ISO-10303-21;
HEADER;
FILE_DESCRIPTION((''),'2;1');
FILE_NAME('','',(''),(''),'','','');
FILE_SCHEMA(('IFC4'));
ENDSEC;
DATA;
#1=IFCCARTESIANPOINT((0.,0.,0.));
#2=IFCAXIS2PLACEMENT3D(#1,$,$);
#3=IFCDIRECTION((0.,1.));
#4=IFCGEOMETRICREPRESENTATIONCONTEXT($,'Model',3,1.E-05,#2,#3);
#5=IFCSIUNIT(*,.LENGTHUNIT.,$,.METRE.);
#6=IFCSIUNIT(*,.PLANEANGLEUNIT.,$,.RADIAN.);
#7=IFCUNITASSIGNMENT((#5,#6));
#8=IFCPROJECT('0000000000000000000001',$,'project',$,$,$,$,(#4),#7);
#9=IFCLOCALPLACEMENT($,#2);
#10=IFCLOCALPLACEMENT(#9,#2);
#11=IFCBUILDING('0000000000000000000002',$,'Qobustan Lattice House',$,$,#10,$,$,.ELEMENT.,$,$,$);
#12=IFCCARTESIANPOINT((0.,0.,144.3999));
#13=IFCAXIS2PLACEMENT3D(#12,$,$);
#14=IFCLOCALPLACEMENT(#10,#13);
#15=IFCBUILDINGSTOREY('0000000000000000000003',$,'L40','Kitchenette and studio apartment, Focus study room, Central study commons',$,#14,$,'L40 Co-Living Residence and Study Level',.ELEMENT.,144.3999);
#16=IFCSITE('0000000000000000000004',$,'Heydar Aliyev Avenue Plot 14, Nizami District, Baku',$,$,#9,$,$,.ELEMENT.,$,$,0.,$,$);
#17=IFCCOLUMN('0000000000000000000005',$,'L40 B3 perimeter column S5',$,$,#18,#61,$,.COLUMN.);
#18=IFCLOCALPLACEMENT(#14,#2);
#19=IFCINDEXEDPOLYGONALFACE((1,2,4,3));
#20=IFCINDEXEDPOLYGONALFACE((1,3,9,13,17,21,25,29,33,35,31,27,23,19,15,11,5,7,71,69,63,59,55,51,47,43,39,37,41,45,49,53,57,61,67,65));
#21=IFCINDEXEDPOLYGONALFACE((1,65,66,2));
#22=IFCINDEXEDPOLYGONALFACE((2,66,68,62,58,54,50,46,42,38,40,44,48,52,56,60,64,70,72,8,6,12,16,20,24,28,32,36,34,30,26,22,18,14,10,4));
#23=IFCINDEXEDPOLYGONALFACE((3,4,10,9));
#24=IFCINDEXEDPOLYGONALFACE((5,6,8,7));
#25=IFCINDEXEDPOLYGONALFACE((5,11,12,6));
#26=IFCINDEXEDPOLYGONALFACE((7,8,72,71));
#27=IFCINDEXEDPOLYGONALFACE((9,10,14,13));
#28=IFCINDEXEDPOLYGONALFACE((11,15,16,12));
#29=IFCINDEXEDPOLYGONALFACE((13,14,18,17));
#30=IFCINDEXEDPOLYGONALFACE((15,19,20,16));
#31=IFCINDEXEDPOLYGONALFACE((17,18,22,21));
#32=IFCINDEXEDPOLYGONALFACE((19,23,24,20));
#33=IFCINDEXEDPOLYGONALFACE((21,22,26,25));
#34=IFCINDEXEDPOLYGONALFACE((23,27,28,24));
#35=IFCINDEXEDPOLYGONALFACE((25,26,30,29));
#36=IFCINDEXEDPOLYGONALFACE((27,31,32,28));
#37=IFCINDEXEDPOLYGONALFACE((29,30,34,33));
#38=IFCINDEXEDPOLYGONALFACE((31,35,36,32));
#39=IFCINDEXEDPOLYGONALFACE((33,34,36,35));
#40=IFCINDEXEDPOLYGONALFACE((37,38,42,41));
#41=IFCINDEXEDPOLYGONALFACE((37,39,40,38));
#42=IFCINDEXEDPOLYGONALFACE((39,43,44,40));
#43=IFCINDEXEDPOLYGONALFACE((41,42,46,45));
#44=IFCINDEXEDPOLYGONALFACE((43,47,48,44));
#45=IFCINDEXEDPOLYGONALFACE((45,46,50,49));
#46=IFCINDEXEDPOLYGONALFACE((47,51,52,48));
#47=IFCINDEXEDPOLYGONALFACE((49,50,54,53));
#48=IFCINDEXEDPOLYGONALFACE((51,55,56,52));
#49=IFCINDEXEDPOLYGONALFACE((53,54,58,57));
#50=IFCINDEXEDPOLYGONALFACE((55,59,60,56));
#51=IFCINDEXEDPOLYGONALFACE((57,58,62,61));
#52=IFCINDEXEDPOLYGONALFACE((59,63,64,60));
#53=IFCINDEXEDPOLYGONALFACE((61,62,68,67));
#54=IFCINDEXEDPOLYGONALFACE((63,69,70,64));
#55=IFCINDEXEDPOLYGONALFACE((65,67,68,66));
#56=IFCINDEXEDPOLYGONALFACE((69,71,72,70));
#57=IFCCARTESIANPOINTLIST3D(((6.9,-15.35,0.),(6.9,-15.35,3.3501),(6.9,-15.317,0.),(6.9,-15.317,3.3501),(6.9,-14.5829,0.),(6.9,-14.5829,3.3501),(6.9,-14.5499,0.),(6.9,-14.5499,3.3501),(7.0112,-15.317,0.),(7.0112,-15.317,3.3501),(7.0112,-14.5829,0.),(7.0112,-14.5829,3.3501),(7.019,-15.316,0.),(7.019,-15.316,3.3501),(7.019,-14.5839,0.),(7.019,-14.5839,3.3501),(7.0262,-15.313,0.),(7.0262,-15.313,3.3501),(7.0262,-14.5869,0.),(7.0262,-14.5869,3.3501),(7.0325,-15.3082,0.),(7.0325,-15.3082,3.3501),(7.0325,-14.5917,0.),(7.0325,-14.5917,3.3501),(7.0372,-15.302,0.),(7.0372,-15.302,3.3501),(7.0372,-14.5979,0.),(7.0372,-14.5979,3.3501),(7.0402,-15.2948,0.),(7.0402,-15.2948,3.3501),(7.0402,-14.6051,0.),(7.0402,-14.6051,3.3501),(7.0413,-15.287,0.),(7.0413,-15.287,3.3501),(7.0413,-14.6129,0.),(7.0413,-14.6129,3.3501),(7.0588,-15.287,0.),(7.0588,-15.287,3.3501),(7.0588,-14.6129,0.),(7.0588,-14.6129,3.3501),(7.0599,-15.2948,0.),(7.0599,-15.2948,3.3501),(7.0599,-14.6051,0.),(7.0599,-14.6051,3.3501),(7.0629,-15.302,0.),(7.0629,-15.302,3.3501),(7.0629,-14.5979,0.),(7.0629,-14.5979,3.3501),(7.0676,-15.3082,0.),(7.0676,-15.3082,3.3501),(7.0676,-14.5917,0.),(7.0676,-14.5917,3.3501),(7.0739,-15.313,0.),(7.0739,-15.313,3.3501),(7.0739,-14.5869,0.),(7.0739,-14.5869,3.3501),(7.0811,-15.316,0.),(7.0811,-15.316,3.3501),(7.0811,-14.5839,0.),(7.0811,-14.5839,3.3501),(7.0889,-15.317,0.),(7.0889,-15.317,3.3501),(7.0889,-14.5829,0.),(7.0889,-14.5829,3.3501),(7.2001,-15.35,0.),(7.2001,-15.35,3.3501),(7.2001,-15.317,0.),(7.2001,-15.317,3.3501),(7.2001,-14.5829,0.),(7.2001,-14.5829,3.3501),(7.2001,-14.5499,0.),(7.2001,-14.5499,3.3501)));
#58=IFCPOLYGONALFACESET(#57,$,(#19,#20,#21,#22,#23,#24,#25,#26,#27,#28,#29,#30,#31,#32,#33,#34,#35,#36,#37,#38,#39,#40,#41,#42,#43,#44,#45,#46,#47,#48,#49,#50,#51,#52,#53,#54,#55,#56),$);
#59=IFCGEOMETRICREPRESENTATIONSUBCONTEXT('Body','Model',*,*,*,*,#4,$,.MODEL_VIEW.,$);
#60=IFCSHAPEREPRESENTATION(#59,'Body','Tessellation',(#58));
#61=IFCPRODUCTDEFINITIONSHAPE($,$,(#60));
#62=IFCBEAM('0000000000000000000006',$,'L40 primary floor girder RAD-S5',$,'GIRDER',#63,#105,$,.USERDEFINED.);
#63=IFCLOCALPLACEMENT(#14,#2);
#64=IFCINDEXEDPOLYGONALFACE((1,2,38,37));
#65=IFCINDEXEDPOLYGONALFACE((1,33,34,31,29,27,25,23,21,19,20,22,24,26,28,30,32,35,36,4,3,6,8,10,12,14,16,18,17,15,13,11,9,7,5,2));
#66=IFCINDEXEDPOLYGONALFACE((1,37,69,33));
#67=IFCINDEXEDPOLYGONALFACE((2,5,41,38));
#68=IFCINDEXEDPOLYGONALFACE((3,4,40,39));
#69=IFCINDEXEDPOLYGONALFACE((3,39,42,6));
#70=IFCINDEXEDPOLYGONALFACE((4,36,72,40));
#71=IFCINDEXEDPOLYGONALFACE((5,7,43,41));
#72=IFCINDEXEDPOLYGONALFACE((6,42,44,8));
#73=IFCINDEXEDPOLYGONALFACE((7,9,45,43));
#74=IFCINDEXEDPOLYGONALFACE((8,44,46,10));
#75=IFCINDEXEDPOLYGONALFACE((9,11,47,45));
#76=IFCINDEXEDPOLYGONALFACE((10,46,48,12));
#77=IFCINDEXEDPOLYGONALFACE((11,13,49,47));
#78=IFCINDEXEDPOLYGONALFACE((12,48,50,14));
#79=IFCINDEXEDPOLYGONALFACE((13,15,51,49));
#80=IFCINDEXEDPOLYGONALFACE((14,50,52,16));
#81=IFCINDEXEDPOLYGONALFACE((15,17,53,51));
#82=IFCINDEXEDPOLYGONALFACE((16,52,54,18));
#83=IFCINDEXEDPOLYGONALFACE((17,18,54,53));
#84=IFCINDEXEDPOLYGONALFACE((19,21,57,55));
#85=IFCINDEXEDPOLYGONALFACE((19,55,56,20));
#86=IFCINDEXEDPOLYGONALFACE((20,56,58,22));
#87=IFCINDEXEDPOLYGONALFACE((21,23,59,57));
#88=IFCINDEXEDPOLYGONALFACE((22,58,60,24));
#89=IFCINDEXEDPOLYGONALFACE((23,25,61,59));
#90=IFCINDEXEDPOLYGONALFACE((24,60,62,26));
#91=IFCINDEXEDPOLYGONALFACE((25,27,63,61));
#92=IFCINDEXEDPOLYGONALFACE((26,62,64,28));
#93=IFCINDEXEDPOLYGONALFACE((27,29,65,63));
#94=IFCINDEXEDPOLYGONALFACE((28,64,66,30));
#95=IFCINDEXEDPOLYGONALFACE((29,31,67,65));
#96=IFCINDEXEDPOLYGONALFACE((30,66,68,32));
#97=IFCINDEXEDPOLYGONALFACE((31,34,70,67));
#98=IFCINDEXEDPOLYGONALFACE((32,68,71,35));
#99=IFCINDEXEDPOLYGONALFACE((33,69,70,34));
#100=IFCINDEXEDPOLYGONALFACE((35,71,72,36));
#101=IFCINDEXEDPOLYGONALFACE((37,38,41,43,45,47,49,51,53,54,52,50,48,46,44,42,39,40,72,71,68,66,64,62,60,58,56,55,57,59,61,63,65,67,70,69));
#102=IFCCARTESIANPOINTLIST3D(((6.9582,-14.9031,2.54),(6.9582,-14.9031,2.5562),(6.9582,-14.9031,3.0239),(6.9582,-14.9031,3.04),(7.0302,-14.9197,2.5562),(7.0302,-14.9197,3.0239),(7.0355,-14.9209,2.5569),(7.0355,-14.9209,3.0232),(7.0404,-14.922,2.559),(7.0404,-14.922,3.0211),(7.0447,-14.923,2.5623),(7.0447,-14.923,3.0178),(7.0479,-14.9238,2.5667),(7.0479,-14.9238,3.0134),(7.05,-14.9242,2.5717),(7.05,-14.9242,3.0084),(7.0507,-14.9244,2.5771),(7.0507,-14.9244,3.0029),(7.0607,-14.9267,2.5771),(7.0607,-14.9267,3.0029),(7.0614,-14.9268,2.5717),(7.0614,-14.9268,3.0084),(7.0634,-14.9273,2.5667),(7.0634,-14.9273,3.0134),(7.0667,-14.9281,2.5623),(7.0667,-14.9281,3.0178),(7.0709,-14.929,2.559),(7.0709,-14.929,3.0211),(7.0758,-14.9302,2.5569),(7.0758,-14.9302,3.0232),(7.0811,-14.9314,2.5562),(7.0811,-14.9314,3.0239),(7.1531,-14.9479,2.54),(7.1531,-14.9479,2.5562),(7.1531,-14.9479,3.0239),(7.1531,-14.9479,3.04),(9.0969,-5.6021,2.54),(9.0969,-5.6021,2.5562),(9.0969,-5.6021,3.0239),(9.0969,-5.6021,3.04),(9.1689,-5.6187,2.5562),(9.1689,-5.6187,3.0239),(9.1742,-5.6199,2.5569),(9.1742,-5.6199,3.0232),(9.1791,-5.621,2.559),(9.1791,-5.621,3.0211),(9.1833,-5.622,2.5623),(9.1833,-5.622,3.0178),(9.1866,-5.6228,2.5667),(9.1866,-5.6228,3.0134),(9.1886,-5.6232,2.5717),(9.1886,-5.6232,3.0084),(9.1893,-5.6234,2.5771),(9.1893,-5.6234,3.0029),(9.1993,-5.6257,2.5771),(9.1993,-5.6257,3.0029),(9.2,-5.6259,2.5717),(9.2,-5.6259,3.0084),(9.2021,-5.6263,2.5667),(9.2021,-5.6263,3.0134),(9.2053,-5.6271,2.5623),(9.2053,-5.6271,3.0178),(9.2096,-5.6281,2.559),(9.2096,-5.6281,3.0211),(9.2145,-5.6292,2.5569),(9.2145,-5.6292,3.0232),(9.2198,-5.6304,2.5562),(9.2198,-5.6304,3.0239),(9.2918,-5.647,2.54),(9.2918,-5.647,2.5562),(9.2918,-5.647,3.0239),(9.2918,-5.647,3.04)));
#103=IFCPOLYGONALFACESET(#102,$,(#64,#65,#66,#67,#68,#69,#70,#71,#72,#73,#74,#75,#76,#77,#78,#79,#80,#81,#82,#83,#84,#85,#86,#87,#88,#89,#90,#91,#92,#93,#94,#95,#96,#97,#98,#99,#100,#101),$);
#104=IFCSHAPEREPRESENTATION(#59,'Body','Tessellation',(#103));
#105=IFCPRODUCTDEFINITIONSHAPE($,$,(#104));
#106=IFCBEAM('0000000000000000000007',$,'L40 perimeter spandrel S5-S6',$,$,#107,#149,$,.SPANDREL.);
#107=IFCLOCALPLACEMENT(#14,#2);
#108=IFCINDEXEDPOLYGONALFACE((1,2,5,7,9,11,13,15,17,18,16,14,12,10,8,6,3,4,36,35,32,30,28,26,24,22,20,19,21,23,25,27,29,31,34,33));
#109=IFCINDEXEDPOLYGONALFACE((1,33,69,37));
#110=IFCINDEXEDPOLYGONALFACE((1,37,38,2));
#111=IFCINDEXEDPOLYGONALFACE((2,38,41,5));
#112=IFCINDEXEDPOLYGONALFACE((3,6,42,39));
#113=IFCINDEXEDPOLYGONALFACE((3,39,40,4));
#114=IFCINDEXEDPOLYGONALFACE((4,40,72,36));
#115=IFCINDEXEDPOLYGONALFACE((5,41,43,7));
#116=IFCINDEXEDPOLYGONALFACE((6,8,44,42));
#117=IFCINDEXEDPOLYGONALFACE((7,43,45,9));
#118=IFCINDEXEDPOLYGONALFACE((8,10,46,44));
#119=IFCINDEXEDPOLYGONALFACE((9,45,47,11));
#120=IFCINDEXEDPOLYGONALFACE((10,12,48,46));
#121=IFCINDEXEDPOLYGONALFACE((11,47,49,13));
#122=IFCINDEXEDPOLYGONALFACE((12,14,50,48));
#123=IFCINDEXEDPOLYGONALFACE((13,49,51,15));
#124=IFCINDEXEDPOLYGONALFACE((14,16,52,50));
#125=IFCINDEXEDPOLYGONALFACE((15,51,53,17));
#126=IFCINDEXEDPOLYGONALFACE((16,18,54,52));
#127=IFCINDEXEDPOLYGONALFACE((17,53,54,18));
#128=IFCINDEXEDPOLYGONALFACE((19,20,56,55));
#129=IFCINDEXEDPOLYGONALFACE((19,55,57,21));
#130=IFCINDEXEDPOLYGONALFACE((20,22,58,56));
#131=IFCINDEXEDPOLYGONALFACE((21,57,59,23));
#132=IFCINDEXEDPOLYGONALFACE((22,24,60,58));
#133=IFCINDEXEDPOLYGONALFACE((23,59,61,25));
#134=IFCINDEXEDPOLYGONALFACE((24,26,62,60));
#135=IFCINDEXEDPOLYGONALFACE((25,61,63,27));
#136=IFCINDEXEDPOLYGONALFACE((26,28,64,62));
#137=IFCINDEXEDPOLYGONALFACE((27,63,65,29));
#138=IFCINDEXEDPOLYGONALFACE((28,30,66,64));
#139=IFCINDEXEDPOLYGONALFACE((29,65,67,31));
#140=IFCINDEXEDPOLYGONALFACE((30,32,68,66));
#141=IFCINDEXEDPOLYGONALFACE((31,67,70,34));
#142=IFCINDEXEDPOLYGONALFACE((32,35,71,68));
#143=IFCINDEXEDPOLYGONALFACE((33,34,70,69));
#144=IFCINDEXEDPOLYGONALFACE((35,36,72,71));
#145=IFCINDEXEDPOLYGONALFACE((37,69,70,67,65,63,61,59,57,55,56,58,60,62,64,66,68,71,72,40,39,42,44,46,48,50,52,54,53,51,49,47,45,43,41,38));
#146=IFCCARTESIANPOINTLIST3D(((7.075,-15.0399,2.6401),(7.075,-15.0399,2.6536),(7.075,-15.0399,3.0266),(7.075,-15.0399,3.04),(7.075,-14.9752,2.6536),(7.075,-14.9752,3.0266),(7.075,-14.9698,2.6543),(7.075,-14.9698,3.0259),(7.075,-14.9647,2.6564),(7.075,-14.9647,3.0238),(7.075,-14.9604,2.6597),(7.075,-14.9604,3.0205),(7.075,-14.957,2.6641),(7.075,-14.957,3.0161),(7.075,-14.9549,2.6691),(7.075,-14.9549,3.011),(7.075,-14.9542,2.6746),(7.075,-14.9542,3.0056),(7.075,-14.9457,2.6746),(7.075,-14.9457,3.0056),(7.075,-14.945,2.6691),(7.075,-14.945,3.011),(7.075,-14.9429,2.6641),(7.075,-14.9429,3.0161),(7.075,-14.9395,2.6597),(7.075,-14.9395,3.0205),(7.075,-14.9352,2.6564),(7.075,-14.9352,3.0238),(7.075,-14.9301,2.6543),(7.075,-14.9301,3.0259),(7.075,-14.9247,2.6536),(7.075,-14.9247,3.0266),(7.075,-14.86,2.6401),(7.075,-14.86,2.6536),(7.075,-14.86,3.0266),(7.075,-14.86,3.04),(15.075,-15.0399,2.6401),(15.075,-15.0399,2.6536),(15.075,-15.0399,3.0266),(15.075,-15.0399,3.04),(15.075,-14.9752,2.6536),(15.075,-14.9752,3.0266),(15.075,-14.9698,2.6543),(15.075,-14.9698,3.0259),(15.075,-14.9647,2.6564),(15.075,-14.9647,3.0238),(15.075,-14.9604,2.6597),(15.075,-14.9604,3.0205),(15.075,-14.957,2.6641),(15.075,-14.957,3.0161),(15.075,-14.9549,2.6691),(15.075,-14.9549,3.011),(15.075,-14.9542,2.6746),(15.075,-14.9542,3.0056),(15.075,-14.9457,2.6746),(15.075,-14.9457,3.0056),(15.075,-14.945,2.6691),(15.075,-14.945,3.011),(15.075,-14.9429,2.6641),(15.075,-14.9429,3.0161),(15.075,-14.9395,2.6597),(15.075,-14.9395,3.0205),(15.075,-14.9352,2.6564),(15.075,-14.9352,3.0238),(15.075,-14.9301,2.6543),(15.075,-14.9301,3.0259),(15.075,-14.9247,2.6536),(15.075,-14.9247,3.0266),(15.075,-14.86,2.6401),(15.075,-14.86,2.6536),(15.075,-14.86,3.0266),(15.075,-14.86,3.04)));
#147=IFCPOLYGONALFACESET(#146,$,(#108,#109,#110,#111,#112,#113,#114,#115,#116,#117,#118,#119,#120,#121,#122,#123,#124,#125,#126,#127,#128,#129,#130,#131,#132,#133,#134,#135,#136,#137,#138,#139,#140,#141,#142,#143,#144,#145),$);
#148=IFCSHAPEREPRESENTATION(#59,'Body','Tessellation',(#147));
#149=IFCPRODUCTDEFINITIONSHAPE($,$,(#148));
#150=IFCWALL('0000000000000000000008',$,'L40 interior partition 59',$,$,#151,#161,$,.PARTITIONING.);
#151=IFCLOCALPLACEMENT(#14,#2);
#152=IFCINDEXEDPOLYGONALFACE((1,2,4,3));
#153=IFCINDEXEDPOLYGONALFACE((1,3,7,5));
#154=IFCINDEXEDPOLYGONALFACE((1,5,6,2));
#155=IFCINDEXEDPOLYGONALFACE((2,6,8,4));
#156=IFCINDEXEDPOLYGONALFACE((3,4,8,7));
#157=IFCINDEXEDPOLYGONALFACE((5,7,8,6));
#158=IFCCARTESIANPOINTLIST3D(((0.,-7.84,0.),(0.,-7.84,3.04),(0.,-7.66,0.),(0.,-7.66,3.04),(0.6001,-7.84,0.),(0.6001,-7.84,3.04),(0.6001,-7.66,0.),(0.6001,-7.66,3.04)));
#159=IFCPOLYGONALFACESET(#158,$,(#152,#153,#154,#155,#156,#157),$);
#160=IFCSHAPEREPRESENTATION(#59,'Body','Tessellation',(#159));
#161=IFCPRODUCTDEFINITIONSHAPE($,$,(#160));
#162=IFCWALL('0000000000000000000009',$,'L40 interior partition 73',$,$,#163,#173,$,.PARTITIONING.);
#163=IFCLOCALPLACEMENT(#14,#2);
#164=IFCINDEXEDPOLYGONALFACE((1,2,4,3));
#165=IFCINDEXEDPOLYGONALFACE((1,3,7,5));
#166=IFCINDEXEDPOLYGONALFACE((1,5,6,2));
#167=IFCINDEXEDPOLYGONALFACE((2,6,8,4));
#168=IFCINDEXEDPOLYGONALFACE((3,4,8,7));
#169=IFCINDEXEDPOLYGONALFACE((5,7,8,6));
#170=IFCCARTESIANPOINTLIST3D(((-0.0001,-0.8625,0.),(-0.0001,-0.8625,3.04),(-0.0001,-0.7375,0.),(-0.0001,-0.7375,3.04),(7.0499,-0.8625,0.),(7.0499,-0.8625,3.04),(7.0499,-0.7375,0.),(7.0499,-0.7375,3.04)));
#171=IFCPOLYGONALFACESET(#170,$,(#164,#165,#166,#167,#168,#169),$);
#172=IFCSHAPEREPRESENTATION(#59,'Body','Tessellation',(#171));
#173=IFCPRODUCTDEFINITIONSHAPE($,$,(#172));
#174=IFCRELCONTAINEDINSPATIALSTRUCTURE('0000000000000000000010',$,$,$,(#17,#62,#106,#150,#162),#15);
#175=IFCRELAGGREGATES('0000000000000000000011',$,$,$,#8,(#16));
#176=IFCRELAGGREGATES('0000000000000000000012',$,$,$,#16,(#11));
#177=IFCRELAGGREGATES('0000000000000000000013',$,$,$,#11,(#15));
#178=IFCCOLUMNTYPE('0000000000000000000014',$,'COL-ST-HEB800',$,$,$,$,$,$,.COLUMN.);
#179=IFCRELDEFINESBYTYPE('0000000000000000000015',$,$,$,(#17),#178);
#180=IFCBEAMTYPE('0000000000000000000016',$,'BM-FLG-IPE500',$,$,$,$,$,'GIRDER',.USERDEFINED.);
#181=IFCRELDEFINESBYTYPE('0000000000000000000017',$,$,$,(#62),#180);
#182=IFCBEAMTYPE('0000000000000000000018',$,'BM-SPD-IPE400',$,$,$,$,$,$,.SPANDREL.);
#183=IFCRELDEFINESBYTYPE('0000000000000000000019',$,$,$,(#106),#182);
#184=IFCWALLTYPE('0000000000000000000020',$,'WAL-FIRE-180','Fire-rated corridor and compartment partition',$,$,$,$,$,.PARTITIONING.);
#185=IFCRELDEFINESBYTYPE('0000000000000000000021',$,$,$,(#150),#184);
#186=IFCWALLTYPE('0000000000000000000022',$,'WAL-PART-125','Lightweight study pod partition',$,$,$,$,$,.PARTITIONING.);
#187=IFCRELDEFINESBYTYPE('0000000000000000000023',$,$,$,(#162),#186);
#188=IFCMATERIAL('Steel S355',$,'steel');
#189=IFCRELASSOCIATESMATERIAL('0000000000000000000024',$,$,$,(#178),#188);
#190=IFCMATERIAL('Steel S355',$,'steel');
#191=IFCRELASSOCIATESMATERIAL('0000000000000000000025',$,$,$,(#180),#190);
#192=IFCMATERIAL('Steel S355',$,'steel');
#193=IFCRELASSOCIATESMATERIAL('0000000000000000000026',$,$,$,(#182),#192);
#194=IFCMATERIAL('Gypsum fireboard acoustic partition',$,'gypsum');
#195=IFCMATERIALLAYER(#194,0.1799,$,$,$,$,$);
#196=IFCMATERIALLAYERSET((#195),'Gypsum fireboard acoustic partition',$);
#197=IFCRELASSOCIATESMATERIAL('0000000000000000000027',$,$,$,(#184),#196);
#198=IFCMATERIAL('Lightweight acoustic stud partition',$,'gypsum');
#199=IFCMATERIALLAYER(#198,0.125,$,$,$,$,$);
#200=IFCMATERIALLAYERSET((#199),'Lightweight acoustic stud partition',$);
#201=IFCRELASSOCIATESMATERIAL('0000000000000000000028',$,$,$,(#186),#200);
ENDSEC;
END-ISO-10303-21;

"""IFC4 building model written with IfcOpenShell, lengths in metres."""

from ifc_helpers import new_model, si_unit, direction, frame, frame_2d, origin, origin_2d, place, context, subcontext, project, spatial, rectangle, i_section, extrude, material, layer, layer_set, material_profile, profile_set, type_object, element, save


model = new_model("IFC4")

# Units and contexts
model_context = context("Model", 3, precision=1e-05, world=origin(), true_north=direction((0.0, 1.0)))
body_context = subcontext(model_context, "Body", "Model", "MODEL_VIEW")
ifc_project = project(units=[si_unit("LENGTHUNIT", "METRE"), si_unit("PLANEANGLEUNIT", "RADIAN")], contexts=[model_context])

# Site, building, storey
site_placement = place(None, origin())
site = spatial("IfcSite", under=ifc_project, at=site_placement, Name="Heydar Aliyev Avenue Plot 14, Nizami District, Baku", CompositionType="ELEMENT", RefElevation=0.0)
building_placement = place(site_placement, origin())
building = spatial("IfcBuilding", under=site, at=building_placement, Name="Qobustan Lattice House", CompositionType="ELEMENT")
storey_placement = place(building_placement, frame((0.0, 0.0, 144.3999)))
storey = spatial("IfcBuildingStorey", under=building, at=storey_placement, Name="L40", Description="Kitchenette and studio apartment, Focus study room, Central study commons", LongName="L40 Co-Living Residence and Study Level", CompositionType="ELEMENT", Elevation=144.3999)

# Column
ifc_material_1 = material(Name="Steel S355", Category="steel")
ifc_material_profile_1 = material_profile(ifc_material_1, i_section(OverallWidth=0.3, OverallDepth=0.8, WebThickness=0.0176, FlangeThickness=0.033, FilletRadius=0.03, at=origin_2d()), Name="HEB800")
ifc_profile_set_1 = profile_set([ifc_material_profile_1], Name="Steel S355")
column_type = type_object("IfcColumnType", Name="COL-ST-HEB800", PredefinedType="COLUMN", material=ifc_profile_set_1)
column_placement = place(storey_placement, frame((7.05, -14.95, 0.0), z_axis=(0.0, 0.0, 1.0), x_axis=(1.0, 0.0, 0.0)))
element("IfcColumn", 1, at=column_placement, inside=storey, type_object=column_type, Name="L40 B3 perimeter column S5", PredefinedType="COLUMN", context=body_context, shape_type="SweptSolid", body=[
    extrude(i_section(OverallWidth=0.3, OverallDepth=0.8, WebThickness=0.0176, FlangeThickness=0.033, FilletRadius=0.03, at=origin_2d()), origin(), (0.0, 0.0, 1.0), 3.3501),
])

# Beams
ifc_material_2 = material(Name="Steel S355", Category="steel")
ifc_material_profile_2 = material_profile(ifc_material_2, i_section(OverallWidth=0.2, OverallDepth=0.5, WebThickness=0.0103, FlangeThickness=0.0161, FilletRadius=0.021, at=origin_2d()), Name="IPE500")
ifc_profile_set_2 = profile_set([ifc_material_profile_2], Name="Steel S355")
beam_type_1 = type_object("IfcBeamType", Name="BM-FLG-IPE500", ElementType="GIRDER", PredefinedType="USERDEFINED", material=ifc_profile_set_2)
beam_1_placement = place(storey_placement, frame((7.0557, -14.9255, 2.79), z_axis=(0.224092, 0.974568, 0.0), x_axis=(-0.974568, 0.224092, 0.0)))
element("IfcBeam", 2, at=beam_1_placement, inside=storey, type_object=beam_type_1, Name="L40 primary floor girder RAD-S5", ObjectType="GIRDER", PredefinedType="USERDEFINED", context=body_context, shape_type="SweptSolid", body=[
    extrude(i_section(OverallWidth=0.2, OverallDepth=0.5, WebThickness=0.0103, FlangeThickness=0.0161, FilletRadius=0.021, at=origin_2d()), origin(), (0.0, 0.0, 1.0), 9.5437),
])
ifc_material_3 = material(Name="Steel S355", Category="steel")
ifc_material_profile_3 = material_profile(ifc_material_3, i_section(OverallWidth=0.1799, OverallDepth=0.3999, WebThickness=0.0085, FlangeThickness=0.0134, FilletRadius=0.021, at=origin_2d()), Name="IPE400")
ifc_profile_set_3 = profile_set([ifc_material_profile_3], Name="Steel S355")
beam_type_2 = type_object("IfcBeamType", Name="BM-SPD-IPE400", PredefinedType="SPANDREL", material=ifc_profile_set_3)
beam_2_placement = place(storey_placement, frame((7.075, -14.95, 2.8401), z_axis=(1.0, 0.0, 0.0), x_axis=(0.0, 1.0, 0.0)))
element("IfcBeam", 3, at=beam_2_placement, inside=storey, type_object=beam_type_2, Name="L40 perimeter spandrel S5-S6", PredefinedType="SPANDREL", context=body_context, shape_type="SweptSolid", body=[
    extrude(i_section(OverallWidth=0.1799, OverallDepth=0.3999, WebThickness=0.0085, FlangeThickness=0.0134, FilletRadius=0.021, at=origin_2d()), origin(), (0.0, 0.0, 1.0), 8.0),
])

# Shared definitions
ifc_material_4 = material(Name="Gypsum fireboard acoustic partition", Category="gypsum")
ifc_layer_1 = layer(ifc_material_4, 0.1799)
ifc_layer_set_1 = layer_set([ifc_layer_1], Name="Gypsum fireboard acoustic partition")
wall_type_1 = type_object("IfcWallType", Name="WAL-FIRE-180", Description="Fire-rated corridor and compartment partition", PredefinedType="PARTITIONING", material=ifc_layer_set_1)

# Wall
wall_1_placement = place(storey_placement, frame((0.6001, -7.75, 0.0), z_axis=(0.0, 0.0, 1.0), x_axis=(-1.0, 0.0, 0.0)))
element("IfcWall", 4, at=wall_1_placement, inside=storey, type_object=wall_type_1, Name="L40 interior partition 59", PredefinedType="PARTITIONING", context=body_context, shape_type="SweptSolid", body=[
    extrude(rectangle(XDim=0.6001, YDim=0.1799, at=frame_2d((0.3, 0.0))), origin(), (0.0, 0.0, 1.0), 3.04),
])

# Wall
ifc_material_5 = material(Name="Lightweight acoustic stud partition", Category="gypsum")
ifc_layer_2 = layer(ifc_material_5, 0.125)
ifc_layer_set_2 = layer_set([ifc_layer_2], Name="Lightweight acoustic stud partition")
wall_type_2 = type_object("IfcWallType", Name="WAL-PART-125", Description="Lightweight study pod partition", PredefinedType="PARTITIONING", material=ifc_layer_set_2)
wall_2_placement = place(storey_placement, frame((0.0, -0.8, 0.0), z_axis=(0.0, 0.0, 1.0), x_axis=(1.0, 0.0, 0.0)))
element("IfcWall", 5, at=wall_2_placement, inside=storey, type_object=wall_type_2, Name="L40 interior partition 73", PredefinedType="PARTITIONING", context=body_context, shape_type="SweptSolid", body=[
    extrude(rectangle(XDim=7.05, YDim=0.125, at=frame_2d((3.5249, 0.0))), origin(), (0.0, 0.0, 1.0), 3.04),
])

save(model, "model.ifc")
